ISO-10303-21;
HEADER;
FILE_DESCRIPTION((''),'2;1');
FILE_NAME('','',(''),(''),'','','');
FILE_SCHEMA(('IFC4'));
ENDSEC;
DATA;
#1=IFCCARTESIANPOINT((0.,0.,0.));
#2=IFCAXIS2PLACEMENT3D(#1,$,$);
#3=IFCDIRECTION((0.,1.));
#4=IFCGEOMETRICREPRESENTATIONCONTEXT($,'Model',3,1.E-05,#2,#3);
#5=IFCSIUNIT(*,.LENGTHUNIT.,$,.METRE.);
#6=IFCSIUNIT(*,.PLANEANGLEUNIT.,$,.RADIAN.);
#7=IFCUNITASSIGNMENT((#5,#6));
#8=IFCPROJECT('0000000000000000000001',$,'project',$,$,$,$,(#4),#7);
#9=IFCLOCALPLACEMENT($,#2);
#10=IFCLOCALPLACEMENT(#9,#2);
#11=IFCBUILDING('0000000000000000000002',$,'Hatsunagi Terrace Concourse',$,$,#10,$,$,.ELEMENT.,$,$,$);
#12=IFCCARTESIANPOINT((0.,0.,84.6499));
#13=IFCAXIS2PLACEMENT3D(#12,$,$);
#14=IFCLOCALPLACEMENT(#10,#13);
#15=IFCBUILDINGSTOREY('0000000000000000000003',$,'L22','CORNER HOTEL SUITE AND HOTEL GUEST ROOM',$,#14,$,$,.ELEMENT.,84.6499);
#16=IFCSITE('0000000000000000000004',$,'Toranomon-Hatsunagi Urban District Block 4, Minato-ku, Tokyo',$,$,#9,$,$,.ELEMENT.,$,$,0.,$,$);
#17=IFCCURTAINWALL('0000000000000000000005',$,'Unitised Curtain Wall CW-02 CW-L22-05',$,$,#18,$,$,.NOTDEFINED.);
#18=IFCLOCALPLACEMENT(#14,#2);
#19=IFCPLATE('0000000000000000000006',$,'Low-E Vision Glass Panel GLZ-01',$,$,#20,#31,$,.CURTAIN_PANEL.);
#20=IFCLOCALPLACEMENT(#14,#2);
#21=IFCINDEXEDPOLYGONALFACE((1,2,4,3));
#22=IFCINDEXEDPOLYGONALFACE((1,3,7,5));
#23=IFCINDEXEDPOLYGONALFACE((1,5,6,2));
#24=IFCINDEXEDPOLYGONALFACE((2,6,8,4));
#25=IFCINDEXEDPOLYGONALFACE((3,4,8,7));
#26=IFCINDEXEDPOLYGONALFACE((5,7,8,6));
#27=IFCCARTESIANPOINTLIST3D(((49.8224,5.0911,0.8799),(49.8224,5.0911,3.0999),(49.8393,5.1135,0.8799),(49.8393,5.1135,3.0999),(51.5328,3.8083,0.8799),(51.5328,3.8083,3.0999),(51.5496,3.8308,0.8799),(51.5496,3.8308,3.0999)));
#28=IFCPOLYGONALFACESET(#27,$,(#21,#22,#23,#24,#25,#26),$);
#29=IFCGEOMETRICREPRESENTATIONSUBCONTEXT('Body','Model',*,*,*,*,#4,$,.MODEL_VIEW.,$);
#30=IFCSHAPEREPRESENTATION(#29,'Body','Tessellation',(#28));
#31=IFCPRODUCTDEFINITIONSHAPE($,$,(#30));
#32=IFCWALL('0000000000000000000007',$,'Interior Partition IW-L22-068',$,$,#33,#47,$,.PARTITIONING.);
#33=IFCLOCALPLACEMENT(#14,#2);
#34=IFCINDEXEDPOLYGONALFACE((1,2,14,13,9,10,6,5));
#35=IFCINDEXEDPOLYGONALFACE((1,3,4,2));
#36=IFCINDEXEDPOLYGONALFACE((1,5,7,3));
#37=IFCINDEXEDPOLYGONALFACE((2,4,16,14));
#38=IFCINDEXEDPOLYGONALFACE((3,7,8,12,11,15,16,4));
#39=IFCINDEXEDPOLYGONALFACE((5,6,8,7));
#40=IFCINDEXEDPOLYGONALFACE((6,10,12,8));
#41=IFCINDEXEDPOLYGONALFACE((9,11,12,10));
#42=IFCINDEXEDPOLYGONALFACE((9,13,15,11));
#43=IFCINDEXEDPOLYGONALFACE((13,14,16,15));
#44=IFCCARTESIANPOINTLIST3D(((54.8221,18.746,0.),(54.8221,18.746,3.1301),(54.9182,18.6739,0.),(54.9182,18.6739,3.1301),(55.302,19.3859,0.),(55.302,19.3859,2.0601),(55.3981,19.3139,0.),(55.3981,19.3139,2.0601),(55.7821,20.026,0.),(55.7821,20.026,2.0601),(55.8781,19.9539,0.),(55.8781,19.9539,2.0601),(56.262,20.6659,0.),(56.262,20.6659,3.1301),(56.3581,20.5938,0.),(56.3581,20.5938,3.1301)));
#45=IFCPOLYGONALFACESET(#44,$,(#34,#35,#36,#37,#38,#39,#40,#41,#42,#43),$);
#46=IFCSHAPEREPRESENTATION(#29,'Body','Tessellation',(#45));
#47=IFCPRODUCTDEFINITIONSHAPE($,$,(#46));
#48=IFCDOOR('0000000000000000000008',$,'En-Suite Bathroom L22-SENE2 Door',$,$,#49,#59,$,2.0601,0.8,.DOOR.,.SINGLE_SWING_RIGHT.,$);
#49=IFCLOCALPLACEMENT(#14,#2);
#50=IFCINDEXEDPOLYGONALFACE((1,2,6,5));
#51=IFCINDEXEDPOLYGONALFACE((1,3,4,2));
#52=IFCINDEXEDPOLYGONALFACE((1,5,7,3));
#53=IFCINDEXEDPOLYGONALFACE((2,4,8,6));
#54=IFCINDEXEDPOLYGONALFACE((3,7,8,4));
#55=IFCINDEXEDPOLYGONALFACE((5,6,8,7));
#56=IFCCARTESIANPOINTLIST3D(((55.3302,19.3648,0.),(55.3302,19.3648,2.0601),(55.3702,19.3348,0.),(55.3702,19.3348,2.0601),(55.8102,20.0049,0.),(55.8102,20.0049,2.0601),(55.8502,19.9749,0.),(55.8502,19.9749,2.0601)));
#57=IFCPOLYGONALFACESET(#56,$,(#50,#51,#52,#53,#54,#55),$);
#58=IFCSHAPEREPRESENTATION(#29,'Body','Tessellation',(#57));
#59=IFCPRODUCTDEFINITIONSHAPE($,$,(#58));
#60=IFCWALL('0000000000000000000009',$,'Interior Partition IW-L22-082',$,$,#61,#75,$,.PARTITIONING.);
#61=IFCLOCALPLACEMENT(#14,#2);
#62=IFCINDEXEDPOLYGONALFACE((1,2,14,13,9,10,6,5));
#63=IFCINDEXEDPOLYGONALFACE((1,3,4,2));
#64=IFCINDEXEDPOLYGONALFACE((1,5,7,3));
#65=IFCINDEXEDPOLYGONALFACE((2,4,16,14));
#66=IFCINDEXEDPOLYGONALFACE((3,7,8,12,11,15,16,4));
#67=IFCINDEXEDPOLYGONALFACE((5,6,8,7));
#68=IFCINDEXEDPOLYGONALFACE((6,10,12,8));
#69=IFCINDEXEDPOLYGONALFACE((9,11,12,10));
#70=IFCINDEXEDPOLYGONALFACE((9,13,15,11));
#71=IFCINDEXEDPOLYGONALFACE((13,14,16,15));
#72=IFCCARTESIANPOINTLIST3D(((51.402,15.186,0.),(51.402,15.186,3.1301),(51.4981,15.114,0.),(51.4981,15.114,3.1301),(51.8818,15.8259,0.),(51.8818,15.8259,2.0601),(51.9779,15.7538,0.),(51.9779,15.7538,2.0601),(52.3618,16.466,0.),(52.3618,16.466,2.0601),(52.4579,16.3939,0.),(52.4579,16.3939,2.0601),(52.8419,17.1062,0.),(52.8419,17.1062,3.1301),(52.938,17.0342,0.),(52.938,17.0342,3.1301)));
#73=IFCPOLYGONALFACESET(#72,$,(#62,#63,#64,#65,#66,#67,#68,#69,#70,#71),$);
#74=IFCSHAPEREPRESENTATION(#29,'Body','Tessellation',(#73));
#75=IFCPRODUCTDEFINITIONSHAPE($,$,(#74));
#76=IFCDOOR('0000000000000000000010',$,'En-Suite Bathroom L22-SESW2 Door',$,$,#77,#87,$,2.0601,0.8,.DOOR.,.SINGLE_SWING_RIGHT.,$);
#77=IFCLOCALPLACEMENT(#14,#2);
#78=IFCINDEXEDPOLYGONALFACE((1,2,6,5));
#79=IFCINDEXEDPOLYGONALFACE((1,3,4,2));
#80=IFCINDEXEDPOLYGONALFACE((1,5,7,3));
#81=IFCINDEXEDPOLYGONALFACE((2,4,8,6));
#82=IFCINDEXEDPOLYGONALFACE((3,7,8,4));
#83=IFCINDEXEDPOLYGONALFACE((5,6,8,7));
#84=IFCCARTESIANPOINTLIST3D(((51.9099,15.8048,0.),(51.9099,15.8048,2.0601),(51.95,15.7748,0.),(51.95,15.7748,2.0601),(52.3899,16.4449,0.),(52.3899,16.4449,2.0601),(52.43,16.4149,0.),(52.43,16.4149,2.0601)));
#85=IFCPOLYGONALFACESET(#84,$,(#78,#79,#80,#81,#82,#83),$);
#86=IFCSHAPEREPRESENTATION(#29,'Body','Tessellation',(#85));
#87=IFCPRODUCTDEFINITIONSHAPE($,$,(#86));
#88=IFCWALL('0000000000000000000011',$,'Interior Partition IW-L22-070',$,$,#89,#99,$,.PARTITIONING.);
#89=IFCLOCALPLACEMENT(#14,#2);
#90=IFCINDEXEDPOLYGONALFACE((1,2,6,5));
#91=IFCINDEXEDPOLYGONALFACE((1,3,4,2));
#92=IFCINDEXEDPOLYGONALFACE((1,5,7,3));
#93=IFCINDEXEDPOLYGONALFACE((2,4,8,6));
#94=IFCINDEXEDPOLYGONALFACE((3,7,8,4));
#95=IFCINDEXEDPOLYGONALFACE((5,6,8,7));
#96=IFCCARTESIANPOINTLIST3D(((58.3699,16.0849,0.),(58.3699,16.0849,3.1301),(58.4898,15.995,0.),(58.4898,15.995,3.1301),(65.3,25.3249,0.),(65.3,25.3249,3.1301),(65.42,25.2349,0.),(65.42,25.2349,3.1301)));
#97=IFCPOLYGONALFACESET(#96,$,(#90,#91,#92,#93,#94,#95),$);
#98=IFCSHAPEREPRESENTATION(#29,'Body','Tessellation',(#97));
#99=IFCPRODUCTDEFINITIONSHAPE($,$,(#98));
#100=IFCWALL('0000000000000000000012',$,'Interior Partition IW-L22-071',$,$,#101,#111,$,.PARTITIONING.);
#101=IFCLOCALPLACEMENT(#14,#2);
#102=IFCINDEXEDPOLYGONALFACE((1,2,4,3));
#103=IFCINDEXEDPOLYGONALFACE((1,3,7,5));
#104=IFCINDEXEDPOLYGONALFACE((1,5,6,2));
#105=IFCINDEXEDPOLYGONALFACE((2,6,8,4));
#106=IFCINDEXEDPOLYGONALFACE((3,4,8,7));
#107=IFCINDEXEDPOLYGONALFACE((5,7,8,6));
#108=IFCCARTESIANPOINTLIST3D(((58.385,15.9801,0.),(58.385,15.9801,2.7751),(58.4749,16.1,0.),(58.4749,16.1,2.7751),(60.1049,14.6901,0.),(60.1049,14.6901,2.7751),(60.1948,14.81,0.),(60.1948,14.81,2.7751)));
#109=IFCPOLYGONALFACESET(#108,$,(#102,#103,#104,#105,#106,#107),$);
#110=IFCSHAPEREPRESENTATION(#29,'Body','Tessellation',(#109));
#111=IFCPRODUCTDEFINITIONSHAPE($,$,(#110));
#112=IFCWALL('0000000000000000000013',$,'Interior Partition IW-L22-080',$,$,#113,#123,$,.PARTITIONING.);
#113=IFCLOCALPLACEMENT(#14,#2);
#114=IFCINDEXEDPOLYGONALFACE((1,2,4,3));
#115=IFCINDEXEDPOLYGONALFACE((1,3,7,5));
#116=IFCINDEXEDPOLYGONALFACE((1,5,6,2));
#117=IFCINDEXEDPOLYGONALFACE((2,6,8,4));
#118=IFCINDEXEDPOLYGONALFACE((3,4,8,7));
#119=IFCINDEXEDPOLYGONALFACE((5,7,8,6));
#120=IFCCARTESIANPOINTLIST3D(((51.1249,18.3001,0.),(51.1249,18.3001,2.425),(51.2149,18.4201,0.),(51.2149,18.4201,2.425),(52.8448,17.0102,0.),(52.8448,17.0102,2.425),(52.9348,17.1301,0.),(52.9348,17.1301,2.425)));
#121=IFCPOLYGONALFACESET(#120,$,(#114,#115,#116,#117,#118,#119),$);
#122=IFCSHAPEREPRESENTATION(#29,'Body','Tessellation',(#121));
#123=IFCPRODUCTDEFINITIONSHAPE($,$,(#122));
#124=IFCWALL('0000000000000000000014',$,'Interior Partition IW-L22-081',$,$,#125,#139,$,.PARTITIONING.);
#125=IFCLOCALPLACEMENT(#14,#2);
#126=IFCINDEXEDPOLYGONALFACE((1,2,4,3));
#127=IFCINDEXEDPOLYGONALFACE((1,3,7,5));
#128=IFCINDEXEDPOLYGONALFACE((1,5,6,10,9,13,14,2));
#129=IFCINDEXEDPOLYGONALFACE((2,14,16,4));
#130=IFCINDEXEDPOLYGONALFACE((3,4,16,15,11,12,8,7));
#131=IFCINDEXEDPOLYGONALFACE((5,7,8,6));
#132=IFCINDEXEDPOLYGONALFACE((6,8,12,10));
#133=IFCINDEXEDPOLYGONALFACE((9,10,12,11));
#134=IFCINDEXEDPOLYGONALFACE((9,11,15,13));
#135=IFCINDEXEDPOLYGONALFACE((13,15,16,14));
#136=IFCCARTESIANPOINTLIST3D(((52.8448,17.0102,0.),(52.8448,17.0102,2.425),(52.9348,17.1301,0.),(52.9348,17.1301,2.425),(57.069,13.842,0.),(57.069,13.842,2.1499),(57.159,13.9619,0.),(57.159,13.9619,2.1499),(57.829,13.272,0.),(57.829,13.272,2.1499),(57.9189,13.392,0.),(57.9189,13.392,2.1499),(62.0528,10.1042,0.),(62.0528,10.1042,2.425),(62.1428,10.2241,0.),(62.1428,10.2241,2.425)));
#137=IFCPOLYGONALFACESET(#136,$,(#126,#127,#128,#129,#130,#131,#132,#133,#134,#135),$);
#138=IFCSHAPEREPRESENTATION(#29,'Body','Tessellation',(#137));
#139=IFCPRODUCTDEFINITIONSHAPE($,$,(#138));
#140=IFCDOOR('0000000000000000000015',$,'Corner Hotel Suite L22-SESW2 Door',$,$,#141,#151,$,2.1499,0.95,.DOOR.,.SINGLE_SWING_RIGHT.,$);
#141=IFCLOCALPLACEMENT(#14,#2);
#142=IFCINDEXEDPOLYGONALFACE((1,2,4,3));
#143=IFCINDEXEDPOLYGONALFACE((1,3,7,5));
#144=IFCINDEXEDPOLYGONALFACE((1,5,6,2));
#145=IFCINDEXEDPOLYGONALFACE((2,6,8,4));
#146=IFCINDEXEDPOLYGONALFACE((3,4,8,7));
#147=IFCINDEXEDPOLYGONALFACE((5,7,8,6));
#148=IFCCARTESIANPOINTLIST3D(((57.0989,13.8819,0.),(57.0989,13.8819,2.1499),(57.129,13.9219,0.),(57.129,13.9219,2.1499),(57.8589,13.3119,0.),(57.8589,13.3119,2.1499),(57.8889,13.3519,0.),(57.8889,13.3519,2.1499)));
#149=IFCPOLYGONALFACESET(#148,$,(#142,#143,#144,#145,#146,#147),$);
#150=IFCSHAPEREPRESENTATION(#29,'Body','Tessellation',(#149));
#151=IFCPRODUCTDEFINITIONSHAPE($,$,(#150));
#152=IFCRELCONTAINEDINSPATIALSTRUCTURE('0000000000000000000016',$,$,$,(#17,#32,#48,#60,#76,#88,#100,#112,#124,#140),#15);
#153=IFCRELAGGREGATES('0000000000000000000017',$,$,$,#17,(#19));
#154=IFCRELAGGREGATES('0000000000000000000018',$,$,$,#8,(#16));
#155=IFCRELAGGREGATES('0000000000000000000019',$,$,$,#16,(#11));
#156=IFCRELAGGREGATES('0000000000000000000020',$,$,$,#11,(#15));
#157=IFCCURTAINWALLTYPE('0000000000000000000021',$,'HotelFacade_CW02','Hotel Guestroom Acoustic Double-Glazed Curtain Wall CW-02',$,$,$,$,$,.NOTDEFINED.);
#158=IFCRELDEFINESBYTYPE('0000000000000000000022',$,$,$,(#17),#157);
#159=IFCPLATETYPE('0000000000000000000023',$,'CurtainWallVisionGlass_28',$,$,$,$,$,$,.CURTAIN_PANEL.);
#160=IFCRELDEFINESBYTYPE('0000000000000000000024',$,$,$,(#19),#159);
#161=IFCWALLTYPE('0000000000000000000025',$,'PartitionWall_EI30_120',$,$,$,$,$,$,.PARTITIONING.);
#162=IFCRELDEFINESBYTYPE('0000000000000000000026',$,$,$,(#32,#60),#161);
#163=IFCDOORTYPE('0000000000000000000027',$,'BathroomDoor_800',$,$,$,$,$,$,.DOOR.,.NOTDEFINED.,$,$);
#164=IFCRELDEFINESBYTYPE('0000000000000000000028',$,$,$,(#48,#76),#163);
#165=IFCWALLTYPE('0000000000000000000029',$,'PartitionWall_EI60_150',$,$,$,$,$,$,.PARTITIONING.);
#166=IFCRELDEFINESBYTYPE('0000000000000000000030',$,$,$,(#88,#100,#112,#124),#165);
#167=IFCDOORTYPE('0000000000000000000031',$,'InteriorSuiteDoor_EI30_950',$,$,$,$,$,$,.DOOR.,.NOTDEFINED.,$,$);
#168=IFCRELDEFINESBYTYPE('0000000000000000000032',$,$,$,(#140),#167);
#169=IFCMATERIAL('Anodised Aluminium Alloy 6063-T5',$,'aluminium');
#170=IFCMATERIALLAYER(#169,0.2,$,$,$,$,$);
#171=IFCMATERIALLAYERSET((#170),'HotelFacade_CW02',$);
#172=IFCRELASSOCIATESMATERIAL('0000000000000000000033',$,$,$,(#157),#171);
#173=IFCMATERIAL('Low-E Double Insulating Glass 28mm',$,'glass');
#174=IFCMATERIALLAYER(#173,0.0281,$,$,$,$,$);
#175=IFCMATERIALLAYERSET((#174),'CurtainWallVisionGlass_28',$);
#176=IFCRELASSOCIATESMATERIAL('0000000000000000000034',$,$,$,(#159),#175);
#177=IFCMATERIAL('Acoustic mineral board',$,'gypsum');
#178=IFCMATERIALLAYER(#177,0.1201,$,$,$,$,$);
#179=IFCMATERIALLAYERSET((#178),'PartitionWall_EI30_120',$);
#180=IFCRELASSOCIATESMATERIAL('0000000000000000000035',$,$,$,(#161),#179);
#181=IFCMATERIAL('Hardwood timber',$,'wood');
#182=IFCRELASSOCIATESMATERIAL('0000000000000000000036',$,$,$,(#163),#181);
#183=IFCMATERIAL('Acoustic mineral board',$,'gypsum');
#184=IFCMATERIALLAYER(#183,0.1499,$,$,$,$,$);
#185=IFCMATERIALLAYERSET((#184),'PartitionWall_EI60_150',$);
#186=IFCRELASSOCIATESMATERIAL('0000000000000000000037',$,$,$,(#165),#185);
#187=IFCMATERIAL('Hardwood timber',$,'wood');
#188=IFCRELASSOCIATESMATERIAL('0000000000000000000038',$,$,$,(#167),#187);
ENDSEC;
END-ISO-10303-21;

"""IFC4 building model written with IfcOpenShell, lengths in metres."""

from ifc_helpers import new_model, si_unit, direction, frame, frame_2d, origin, origin_2d, place, context, subcontext, project, spatial, rectangle, extrude, material, layer, layer_set, type_object, element, fill, aggregate, save


model = new_model("IFC4")

# Units and contexts
model_context = context("Model", 3, precision=1e-05, world=origin(), true_north=direction((0.0, 1.0)))
body_context = subcontext(model_context, "Body", "Model", "MODEL_VIEW")
ifc_project = project(units=[si_unit("LENGTHUNIT", "METRE"), si_unit("PLANEANGLEUNIT", "RADIAN")], contexts=[model_context])

# Site, building, storey
site_placement = place(None, origin())
site = spatial("IfcSite", under=ifc_project, at=site_placement, Name="Toranomon-Hatsunagi Urban District Block 4, Minato-ku, Tokyo", CompositionType="ELEMENT", RefElevation=0.0)
building_placement = place(site_placement, origin())
building = spatial("IfcBuilding", under=site, at=building_placement, Name="Hatsunagi Terrace Concourse", CompositionType="ELEMENT")
storey_placement = place(building_placement, frame((0.0, 0.0, 84.6499)))
storey = spatial("IfcBuildingStorey", under=building, at=storey_placement, Name="L22", Description="CORNER HOTEL SUITE AND HOTEL GUEST ROOM", CompositionType="ELEMENT", Elevation=84.6499)

# Curtain wall
ifc_material_1 = material(Name="Anodised Aluminium Alloy 6063-T5", Category="aluminium")
ifc_layer_1 = layer(ifc_material_1, 0.2)
ifc_layer_set_1 = layer_set([ifc_layer_1], Name="HotelFacade_CW02")
curtain_wall_type = type_object("IfcCurtainWallType", Name="HotelFacade_CW02", Description="Hotel Guestroom Acoustic Double-Glazed Curtain Wall CW-02", PredefinedType="NOTDEFINED", material=ifc_layer_set_1)
curtain_wall_1_placement = place(storey_placement, origin())
curtain_wall_1 = element("IfcCurtainWall", 1, at=curtain_wall_1_placement, inside=storey, type_object=curtain_wall_type, Name="Unitised Curtain Wall CW-02 CW-L22-05", PredefinedType="NOTDEFINED")

# Plate
ifc_material_2 = material(Name="Low-E Double Insulating Glass 28mm", Category="glass")
ifc_layer_2 = layer(ifc_material_2, 0.0281)
ifc_layer_set_2 = layer_set([ifc_layer_2], Name="CurtainWallVisionGlass_28")
plate_type_1 = type_object("IfcPlateType", Name="CurtainWallVisionGlass_28", PredefinedType="CURTAIN_PANEL", material=ifc_layer_set_2)
plate_1_placement = place(storey_placement, frame((50.686, 4.4609, 0.8799), z_axis=(0.0, 0.0, 1.0), x_axis=(-0.800003, 0.599996, 0.0)))
plate_1 = element("IfcPlate", 2, at=plate_1_placement, type_object=plate_type_1, Name="Low-E Vision Glass Panel GLZ-01", PredefinedType="CURTAIN_PANEL", context=body_context, shape_type="SweptSolid", body=[
    extrude(rectangle(XDim=2.1379, YDim=0.0281, at=origin_2d()), origin(), (0.0, 0.0, 1.0), 2.22),
])
aggregate(curtain_wall_1, [plate_1])

# Walls, openings, doors
ifc_material_3 = material(Name="Acoustic mineral board", Category="gypsum")
ifc_layer_3 = layer(ifc_material_3, 0.1201)
ifc_layer_set_3 = layer_set([ifc_layer_3], Name="PartitionWall_EI30_120")
wall_type_1 = type_object("IfcWallType", Name="PartitionWall_EI30_120", PredefinedType="PARTITIONING", material=ifc_layer_set_3)
wall_1_placement = place(storey_placement, frame((54.8701, 18.71, 0.0), z_axis=(0.0, 0.0, 1.0), x_axis=(0.6, 0.8, 0.0)))
wall_1 = element("IfcWall", 3, at=wall_1_placement, inside=storey, type_object=wall_type_1, Name="Interior Partition IW-L22-068", PredefinedType="PARTITIONING", context=body_context, shape_type="SweptSolid", body=[
    extrude(rectangle(XDim=2.3999, YDim=0.1201, at=frame_2d((1.2, 0.0))), origin(), (0.0, 0.0, 1.0), 3.1301),
])
opening_1_placement = place(wall_1_placement, frame((0.8, 0.0, 0.0)))
opening_1 = element("IfcOpeningElement", 4, at=opening_1_placement, cuts=wall_1, PredefinedType="OPENING", context=body_context, shape_type="SweptSolid", body=[
    extrude(rectangle(XDim=0.8, YDim=2.0601, at=frame_2d((0.3999, 1.03))), frame((0.0, 0.0701, 0.0), z_axis=(0.0, -1.0, 0.0), x_axis=(1.0, 0.0, 0.0)), (0.0, 0.0, 1.0), 0.1401),
])
ifc_material_4 = material(Name="Hardwood timber", Category="wood")
door_type_1 = type_object("IfcDoorType", Name="BathroomDoor_800", OperationType="NOTDEFINED", PredefinedType="DOOR", material=ifc_material_4)
door_1_placement = place(opening_1_placement, origin())
door_1 = element("IfcDoor", 5, at=door_1_placement, inside=storey, type_object=door_type_1, Name="En-Suite Bathroom L22-SENE2 Door", OperationType="SINGLE_SWING_RIGHT", OverallHeight=2.0601, OverallWidth=0.8, PredefinedType="DOOR", context=body_context, shape_type="SweptSolid", body=[
    extrude(rectangle(XDim=0.8, YDim=2.0601, at=frame_2d((0.3999, 1.03))), frame((0.0, 0.0249, 0.0), z_axis=(0.0, -1.0, 0.0), x_axis=(1.0, 0.0, 0.0)), (0.0, 0.0, 1.0), 0.05),
])
fill(opening_1, door_1)
wall_2_placement = place(storey_placement, frame((51.45, 15.1499, 0.0), z_axis=(0.0, 0.0, 1.0), x_axis=(0.599951, 0.800037, 0.0)))
wall_2 = element("IfcWall", 6, at=wall_2_placement, inside=storey, type_object=wall_type_1, Name="Interior Partition IW-L22-082", PredefinedType="PARTITIONING", context=body_context, shape_type="SweptSolid", body=[
    extrude(rectangle(XDim=2.4001, YDim=0.1201, at=frame_2d((1.2002, 0.0))), origin(), (0.0, 0.0, 1.0), 3.1301),
])
opening_2_placement = place(wall_2_placement, frame((0.8, 0.0, 0.0)))
opening_2 = element("IfcOpeningElement", 7, at=opening_2_placement, cuts=wall_2, PredefinedType="OPENING", context=body_context, shape_type="SweptSolid", body=[
    extrude(rectangle(XDim=0.8, YDim=2.0601, at=frame_2d((0.3999, 1.03))), frame((0.0, 0.0701, 0.0), z_axis=(0.0, -1.0, 0.0), x_axis=(1.0, 0.0, 0.0)), (0.0, 0.0, 1.0), 0.1401),
])
door_2_placement = place(opening_2_placement, origin())
door_2 = element("IfcDoor", 8, at=door_2_placement, inside=storey, type_object=door_type_1, Name="En-Suite Bathroom L22-SESW2 Door", OperationType="SINGLE_SWING_RIGHT", OverallHeight=2.0601, OverallWidth=0.8, PredefinedType="DOOR", context=body_context, shape_type="SweptSolid", body=[
    extrude(rectangle(XDim=0.8, YDim=2.0601, at=frame_2d((0.3999, 1.03))), frame((0.0, 0.0249, 0.0), z_axis=(0.0, -1.0, 0.0), x_axis=(1.0, 0.0, 0.0)), (0.0, 0.0, 1.0), 0.05),
])
fill(opening_2, door_2)
ifc_material_5 = material(Name="Acoustic mineral board", Category="gypsum")
ifc_layer_4 = layer(ifc_material_5, 0.1499)
ifc_layer_set_4 = layer_set([ifc_layer_4], Name="PartitionWall_EI60_150")
wall_type_2 = type_object("IfcWallType", Name="PartitionWall_EI60_150", PredefinedType="PARTITIONING", material=ifc_layer_set_4)
ifc_material_6 = material(Name="Hardwood timber", Category="wood")
door_type_2 = type_object("IfcDoorType", Name="InteriorSuiteDoor_EI30_950", OperationType="NOTDEFINED", PredefinedType="DOOR", material=ifc_material_6)

# Walls
wall_3_placement = place(storey_placement, frame((58.4299, 16.04, 0.0), z_axis=(0.0, 0.0, 1.0), x_axis=(0.60001, 0.799992, 0.0)))
element("IfcWall", 9, at=wall_3_placement, inside=storey, type_object=wall_type_2, Name="Interior Partition IW-L22-070", PredefinedType="PARTITIONING", context=body_context, shape_type="SweptSolid", body=[
    extrude(rectangle(XDim=11.55, YDim=0.1499, at=frame_2d((5.7749, 0.0))), origin(), (0.0, 0.0, 1.0), 3.1301),
])
wall_4_placement = place(storey_placement, frame((58.4299, 16.04, 0.0), z_axis=(0.0, 0.0, 1.0), x_axis=(0.799986, -0.600018, 0.0)))
element("IfcWall", 10, at=wall_4_placement, inside=storey, type_object=wall_type_2, Name="Interior Partition IW-L22-071", PredefinedType="PARTITIONING", context=body_context, shape_type="SweptSolid", body=[
    extrude(rectangle(XDim=2.1499, YDim=0.1499, at=frame_2d((1.075, 0.0))), origin(), (0.0, 0.0, 1.0), 2.7751),
])
wall_5_placement = place(storey_placement, frame((51.1699, 18.3601, 0.0), z_axis=(0.0, 0.0, 1.0), x_axis=(0.799986, -0.600018, 0.0)))
element("IfcWall", 11, at=wall_5_placement, inside=storey, type_object=wall_type_2, Name="Interior Partition IW-L22-080", PredefinedType="PARTITIONING", context=body_context, shape_type="SweptSolid", body=[
    extrude(rectangle(XDim=2.1499, YDim=0.1499, at=frame_2d((1.075, 0.0))), origin(), (0.0, 0.0, 1.0), 2.425),
])

# Wall, opening, door
wall_6_placement = place(storey_placement, frame((52.8899, 17.0701, 0.0), z_axis=(0.0, 0.0, 1.0), x_axis=(0.8, -0.6, 0.0)))
wall_6 = element("IfcWall", 12, at=wall_6_placement, inside=storey, type_object=wall_type_2, Name="Interior Partition IW-L22-081", PredefinedType="PARTITIONING", context=body_context, shape_type="SweptSolid", body=[
    extrude(rectangle(XDim=11.51, YDim=0.1499, at=frame_2d((5.7549, 0.0))), origin(), (0.0, 0.0, 1.0), 2.425),
])
opening_3_placement = place(wall_6_placement, frame((5.28, 0.0, 0.0)))
opening_3 = element("IfcOpeningElement", 13, at=opening_3_placement, cuts=wall_6, PredefinedType="OPENING", context=body_context, shape_type="SweptSolid", body=[
    extrude(rectangle(XDim=0.95, YDim=2.1499, at=frame_2d((0.4751, 1.075))), frame((0.0, 0.085, 0.0), z_axis=(0.0, -1.0, 0.0), x_axis=(1.0, 0.0, 0.0)), (0.0, 0.0, 1.0), 0.1699),
])
door_3_placement = place(opening_3_placement, origin())
door_3 = element("IfcDoor", 14, at=door_3_placement, inside=storey, type_object=door_type_2, Name="Corner Hotel Suite L22-SESW2 Door", OperationType="SINGLE_SWING_RIGHT", OverallHeight=2.1499, OverallWidth=0.95, PredefinedType="DOOR", context=body_context, shape_type="SweptSolid", body=[
    extrude(rectangle(XDim=0.95, YDim=2.1499, at=frame_2d((0.4751, 1.075))), frame((0.0, 0.0249, 0.0), z_axis=(0.0, -1.0, 0.0), x_axis=(1.0, 0.0, 0.0)), (0.0, 0.0, 1.0), 0.05),
])
fill(opening_3, door_3)

save(model, "model.ifc")
